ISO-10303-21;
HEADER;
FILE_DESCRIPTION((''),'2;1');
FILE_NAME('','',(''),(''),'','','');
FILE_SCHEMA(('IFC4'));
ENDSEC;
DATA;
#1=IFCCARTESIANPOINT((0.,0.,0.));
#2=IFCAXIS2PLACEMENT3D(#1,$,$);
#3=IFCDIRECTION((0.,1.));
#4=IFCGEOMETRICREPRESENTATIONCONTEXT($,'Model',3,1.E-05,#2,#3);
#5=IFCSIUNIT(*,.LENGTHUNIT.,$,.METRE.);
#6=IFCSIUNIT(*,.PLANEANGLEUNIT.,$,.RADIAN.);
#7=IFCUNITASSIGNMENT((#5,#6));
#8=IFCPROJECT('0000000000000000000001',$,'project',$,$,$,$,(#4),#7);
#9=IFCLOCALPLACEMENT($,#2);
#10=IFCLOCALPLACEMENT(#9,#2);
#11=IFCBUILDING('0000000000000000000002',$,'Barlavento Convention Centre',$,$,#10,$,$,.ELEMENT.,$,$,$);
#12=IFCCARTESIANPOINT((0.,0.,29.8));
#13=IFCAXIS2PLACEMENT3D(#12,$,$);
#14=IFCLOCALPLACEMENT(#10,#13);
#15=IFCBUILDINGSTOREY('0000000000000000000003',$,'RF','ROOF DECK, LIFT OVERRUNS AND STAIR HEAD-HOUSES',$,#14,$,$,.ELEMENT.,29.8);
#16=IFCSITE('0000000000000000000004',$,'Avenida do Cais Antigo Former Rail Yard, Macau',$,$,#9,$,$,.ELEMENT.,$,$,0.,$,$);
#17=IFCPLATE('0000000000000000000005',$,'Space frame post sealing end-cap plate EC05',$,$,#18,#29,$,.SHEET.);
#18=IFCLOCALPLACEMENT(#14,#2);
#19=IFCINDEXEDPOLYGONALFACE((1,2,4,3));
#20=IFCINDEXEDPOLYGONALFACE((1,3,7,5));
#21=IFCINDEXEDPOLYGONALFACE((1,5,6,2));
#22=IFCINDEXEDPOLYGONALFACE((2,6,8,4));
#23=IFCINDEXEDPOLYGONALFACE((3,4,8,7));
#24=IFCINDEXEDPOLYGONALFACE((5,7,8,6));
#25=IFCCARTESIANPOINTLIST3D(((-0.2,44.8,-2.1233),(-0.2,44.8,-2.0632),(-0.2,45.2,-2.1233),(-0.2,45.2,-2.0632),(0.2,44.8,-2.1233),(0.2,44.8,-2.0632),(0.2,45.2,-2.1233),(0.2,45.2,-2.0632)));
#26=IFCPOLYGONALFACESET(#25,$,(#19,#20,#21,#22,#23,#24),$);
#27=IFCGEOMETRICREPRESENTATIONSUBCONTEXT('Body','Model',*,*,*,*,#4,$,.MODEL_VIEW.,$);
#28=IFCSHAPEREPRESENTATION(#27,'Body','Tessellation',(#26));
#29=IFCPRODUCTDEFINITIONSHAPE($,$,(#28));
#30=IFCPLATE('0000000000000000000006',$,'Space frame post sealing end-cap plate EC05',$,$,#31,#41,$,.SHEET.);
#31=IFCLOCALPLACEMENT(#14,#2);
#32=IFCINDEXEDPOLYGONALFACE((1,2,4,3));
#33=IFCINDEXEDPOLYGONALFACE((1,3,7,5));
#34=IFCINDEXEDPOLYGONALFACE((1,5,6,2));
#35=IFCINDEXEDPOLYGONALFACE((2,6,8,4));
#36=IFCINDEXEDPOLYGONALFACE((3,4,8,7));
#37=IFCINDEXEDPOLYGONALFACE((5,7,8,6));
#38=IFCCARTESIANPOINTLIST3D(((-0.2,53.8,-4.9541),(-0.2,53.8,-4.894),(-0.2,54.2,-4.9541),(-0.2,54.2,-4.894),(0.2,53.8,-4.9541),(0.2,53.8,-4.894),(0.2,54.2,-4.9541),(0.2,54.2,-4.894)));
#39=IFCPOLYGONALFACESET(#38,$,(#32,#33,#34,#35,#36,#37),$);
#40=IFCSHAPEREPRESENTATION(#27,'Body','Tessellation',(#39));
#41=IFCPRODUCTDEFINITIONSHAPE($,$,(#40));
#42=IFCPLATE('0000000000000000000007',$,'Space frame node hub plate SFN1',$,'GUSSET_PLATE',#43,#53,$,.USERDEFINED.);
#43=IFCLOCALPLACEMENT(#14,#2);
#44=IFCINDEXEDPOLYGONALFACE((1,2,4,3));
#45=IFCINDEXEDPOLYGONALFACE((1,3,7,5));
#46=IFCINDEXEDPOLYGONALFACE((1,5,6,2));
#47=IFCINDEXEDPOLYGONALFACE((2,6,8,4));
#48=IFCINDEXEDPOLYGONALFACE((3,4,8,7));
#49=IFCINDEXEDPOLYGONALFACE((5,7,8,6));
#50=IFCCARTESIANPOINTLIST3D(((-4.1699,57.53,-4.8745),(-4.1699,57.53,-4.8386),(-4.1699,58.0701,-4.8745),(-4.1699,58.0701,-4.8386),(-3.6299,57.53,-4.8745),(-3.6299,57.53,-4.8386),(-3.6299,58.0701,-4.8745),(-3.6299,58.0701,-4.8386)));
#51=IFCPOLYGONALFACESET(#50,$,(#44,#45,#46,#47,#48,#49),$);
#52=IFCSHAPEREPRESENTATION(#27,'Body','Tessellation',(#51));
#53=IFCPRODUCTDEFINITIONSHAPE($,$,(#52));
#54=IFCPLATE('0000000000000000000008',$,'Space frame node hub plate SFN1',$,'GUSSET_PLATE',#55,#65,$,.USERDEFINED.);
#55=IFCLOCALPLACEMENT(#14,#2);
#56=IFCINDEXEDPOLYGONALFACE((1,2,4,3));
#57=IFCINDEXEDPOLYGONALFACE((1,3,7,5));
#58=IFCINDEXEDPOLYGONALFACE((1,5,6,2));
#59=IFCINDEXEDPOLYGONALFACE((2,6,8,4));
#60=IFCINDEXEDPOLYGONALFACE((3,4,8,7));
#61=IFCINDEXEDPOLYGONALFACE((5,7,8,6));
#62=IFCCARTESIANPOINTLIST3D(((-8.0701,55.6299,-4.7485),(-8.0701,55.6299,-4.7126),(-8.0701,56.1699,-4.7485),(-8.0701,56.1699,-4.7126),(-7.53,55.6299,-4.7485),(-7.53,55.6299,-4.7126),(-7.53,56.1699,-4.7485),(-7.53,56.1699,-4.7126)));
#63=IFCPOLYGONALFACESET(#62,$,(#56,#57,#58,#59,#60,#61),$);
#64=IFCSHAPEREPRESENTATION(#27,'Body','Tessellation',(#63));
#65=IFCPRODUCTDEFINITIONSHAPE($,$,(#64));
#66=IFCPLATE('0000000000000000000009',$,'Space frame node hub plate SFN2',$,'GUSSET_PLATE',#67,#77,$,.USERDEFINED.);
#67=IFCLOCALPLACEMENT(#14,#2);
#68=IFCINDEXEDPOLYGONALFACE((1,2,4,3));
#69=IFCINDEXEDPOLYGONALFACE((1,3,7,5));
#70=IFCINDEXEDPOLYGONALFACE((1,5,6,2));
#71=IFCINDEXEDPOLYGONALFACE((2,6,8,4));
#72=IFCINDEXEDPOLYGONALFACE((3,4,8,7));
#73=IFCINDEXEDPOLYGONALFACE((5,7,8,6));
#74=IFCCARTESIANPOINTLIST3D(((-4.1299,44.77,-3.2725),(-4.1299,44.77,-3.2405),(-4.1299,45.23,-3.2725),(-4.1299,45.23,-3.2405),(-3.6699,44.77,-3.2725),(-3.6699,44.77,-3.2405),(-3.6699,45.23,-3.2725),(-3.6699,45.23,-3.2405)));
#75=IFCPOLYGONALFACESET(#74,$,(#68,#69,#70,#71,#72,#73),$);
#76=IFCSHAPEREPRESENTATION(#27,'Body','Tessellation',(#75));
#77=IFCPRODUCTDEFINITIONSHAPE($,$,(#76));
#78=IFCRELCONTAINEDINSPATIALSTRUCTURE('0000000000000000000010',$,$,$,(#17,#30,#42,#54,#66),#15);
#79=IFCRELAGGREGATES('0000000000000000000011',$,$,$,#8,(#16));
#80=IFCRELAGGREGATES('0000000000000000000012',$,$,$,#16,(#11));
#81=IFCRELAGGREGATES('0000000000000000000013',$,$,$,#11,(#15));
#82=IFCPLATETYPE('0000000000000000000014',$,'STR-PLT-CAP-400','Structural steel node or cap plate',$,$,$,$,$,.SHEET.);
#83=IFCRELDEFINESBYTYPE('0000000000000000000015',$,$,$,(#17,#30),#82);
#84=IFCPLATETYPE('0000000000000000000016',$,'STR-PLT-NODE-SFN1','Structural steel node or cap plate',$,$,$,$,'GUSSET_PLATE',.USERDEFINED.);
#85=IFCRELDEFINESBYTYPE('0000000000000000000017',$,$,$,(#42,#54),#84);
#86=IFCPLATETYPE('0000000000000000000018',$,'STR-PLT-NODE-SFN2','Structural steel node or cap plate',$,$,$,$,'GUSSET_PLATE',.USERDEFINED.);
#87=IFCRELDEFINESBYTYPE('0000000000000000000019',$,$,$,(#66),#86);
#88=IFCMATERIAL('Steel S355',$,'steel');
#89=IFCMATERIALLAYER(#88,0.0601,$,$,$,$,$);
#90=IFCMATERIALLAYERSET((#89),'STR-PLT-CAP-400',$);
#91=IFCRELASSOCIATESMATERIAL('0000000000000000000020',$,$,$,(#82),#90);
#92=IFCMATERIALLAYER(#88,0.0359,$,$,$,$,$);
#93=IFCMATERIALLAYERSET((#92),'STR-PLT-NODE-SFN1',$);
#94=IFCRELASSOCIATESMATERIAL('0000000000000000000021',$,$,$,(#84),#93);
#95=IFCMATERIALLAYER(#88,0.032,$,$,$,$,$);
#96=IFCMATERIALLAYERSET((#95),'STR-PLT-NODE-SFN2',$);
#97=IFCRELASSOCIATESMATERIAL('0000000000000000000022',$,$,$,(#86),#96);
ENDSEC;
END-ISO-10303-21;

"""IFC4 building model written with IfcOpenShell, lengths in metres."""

from ifc_helpers import new_model, si_unit, direction, frame, origin, origin_2d, place, context, subcontext, project, spatial, rectangle, extrude, material, layer, layer_set, type_object, element, save


model = new_model("IFC4")

# Units and contexts
model_context = context("Model", 3, precision=1e-05, world=origin(), true_north=direction((0.0, 1.0)))
body_context = subcontext(model_context, "Body", "Model", "MODEL_VIEW")
ifc_project = project(units=[si_unit("LENGTHUNIT", "METRE"), si_unit("PLANEANGLEUNIT", "RADIAN")], contexts=[model_context])

# Site, building, storey
site_placement = place(None, origin())
site = spatial("IfcSite", under=ifc_project, at=site_placement, Name="Avenida do Cais Antigo Former Rail Yard, Macau", CompositionType="ELEMENT", RefElevation=0.0)
building_placement = place(site_placement, origin())
building = spatial("IfcBuilding", under=site, at=building_placement, Name="Barlavento Convention Centre", CompositionType="ELEMENT")
storey_placement = place(building_placement, frame((0.0, 0.0, 29.8)))
storey = spatial("IfcBuildingStorey", under=building, at=storey_placement, Name="RF", Description="ROOF DECK, LIFT OVERRUNS AND STAIR HEAD-HOUSES", CompositionType="ELEMENT", Elevation=29.8)

# Shared definitions
ifc_material_1 = material(Name="Steel S355", Category="steel")

# Plates
ifc_layer_1 = layer(ifc_material_1, 0.0601)
ifc_layer_set_1 = layer_set([ifc_layer_1], Name="STR-PLT-CAP-400")
plate_type_1 = type_object("IfcPlateType", Name="STR-PLT-CAP-400", Description="Structural steel node or cap plate", PredefinedType="SHEET", material=ifc_layer_set_1)
for number, where, z_axis, x_axis, name in (
    (1, (0.0, 45.0, -2.1233), (0.0, 0.0, 1.0), (1.0, 0.0, 0.0), "Space frame post sealing end-cap plate EC05"),
    (2, (0.0, 54.0, -4.9541), (0.0, 0.0, 1.0), (1.0, 0.0, 0.0), "Space frame post sealing end-cap plate EC05"),
):
    element("IfcPlate", number, at=place(storey_placement, frame(where, z_axis=z_axis, x_axis=x_axis)), inside=storey, type_object=plate_type_1, Name=name, PredefinedType="SHEET", context=body_context, shape_type="SweptSolid", body=[
        extrude(rectangle(XDim=0.3999, YDim=0.3999, at=origin_2d()), origin(), (0.0, 0.0, 1.0), 0.0601),
    ])
ifc_layer_2 = layer(ifc_material_1, 0.0359)
ifc_layer_set_2 = layer_set([ifc_layer_2], Name="STR-PLT-NODE-SFN1")
plate_type_2 = type_object("IfcPlateType", Name="STR-PLT-NODE-SFN1", Description="Structural steel node or cap plate", ElementType="GUSSET_PLATE", PredefinedType="USERDEFINED", material=ifc_layer_set_2)
for number, where, z_axis, x_axis, name in (
    (3, (-3.8999, 57.8, -4.8745), (0.0, 0.0, 1.0), (1.0, 0.0, 0.0), "Space frame node hub plate SFN1"),
    (4, (-7.8, 55.8999, -4.7485), (0.0, 0.0, 1.0), (1.0, 0.0, 0.0), "Space frame node hub plate SFN1"),
):
    element("IfcPlate", number, at=place(storey_placement, frame(where, z_axis=z_axis, x_axis=x_axis)), inside=storey, type_object=plate_type_2, Name=name, ObjectType="GUSSET_PLATE", PredefinedType="USERDEFINED", context=body_context, shape_type="SweptSolid", body=[
        extrude(rectangle(XDim=0.54, YDim=0.54, at=origin_2d()), origin(), (0.0, 0.0, 1.0), 0.0359),
    ])
ifc_layer_3 = layer(ifc_material_1, 0.032)
ifc_layer_set_3 = layer_set([ifc_layer_3], Name="STR-PLT-NODE-SFN2")
plate_type_3 = type_object("IfcPlateType", Name="STR-PLT-NODE-SFN2", Description="Structural steel node or cap plate", ElementType="GUSSET_PLATE", PredefinedType="USERDEFINED", material=ifc_layer_set_3)
plate_placement = place(storey_placement, frame((-3.8999, 45.0, -3.2725), z_axis=(0.0, 0.0, 1.0), x_axis=(1.0, 0.0, 0.0)))
element("IfcPlate", 5, at=plate_placement, inside=storey, type_object=plate_type_3, Name="Space frame node hub plate SFN2", ObjectType="GUSSET_PLATE", PredefinedType="USERDEFINED", context=body_context, shape_type="SweptSolid", body=[
    extrude(rectangle(XDim=0.46, YDim=0.46, at=origin_2d()), origin(), (0.0, 0.0, 1.0), 0.032),
])

save(model, "model.ifc")
